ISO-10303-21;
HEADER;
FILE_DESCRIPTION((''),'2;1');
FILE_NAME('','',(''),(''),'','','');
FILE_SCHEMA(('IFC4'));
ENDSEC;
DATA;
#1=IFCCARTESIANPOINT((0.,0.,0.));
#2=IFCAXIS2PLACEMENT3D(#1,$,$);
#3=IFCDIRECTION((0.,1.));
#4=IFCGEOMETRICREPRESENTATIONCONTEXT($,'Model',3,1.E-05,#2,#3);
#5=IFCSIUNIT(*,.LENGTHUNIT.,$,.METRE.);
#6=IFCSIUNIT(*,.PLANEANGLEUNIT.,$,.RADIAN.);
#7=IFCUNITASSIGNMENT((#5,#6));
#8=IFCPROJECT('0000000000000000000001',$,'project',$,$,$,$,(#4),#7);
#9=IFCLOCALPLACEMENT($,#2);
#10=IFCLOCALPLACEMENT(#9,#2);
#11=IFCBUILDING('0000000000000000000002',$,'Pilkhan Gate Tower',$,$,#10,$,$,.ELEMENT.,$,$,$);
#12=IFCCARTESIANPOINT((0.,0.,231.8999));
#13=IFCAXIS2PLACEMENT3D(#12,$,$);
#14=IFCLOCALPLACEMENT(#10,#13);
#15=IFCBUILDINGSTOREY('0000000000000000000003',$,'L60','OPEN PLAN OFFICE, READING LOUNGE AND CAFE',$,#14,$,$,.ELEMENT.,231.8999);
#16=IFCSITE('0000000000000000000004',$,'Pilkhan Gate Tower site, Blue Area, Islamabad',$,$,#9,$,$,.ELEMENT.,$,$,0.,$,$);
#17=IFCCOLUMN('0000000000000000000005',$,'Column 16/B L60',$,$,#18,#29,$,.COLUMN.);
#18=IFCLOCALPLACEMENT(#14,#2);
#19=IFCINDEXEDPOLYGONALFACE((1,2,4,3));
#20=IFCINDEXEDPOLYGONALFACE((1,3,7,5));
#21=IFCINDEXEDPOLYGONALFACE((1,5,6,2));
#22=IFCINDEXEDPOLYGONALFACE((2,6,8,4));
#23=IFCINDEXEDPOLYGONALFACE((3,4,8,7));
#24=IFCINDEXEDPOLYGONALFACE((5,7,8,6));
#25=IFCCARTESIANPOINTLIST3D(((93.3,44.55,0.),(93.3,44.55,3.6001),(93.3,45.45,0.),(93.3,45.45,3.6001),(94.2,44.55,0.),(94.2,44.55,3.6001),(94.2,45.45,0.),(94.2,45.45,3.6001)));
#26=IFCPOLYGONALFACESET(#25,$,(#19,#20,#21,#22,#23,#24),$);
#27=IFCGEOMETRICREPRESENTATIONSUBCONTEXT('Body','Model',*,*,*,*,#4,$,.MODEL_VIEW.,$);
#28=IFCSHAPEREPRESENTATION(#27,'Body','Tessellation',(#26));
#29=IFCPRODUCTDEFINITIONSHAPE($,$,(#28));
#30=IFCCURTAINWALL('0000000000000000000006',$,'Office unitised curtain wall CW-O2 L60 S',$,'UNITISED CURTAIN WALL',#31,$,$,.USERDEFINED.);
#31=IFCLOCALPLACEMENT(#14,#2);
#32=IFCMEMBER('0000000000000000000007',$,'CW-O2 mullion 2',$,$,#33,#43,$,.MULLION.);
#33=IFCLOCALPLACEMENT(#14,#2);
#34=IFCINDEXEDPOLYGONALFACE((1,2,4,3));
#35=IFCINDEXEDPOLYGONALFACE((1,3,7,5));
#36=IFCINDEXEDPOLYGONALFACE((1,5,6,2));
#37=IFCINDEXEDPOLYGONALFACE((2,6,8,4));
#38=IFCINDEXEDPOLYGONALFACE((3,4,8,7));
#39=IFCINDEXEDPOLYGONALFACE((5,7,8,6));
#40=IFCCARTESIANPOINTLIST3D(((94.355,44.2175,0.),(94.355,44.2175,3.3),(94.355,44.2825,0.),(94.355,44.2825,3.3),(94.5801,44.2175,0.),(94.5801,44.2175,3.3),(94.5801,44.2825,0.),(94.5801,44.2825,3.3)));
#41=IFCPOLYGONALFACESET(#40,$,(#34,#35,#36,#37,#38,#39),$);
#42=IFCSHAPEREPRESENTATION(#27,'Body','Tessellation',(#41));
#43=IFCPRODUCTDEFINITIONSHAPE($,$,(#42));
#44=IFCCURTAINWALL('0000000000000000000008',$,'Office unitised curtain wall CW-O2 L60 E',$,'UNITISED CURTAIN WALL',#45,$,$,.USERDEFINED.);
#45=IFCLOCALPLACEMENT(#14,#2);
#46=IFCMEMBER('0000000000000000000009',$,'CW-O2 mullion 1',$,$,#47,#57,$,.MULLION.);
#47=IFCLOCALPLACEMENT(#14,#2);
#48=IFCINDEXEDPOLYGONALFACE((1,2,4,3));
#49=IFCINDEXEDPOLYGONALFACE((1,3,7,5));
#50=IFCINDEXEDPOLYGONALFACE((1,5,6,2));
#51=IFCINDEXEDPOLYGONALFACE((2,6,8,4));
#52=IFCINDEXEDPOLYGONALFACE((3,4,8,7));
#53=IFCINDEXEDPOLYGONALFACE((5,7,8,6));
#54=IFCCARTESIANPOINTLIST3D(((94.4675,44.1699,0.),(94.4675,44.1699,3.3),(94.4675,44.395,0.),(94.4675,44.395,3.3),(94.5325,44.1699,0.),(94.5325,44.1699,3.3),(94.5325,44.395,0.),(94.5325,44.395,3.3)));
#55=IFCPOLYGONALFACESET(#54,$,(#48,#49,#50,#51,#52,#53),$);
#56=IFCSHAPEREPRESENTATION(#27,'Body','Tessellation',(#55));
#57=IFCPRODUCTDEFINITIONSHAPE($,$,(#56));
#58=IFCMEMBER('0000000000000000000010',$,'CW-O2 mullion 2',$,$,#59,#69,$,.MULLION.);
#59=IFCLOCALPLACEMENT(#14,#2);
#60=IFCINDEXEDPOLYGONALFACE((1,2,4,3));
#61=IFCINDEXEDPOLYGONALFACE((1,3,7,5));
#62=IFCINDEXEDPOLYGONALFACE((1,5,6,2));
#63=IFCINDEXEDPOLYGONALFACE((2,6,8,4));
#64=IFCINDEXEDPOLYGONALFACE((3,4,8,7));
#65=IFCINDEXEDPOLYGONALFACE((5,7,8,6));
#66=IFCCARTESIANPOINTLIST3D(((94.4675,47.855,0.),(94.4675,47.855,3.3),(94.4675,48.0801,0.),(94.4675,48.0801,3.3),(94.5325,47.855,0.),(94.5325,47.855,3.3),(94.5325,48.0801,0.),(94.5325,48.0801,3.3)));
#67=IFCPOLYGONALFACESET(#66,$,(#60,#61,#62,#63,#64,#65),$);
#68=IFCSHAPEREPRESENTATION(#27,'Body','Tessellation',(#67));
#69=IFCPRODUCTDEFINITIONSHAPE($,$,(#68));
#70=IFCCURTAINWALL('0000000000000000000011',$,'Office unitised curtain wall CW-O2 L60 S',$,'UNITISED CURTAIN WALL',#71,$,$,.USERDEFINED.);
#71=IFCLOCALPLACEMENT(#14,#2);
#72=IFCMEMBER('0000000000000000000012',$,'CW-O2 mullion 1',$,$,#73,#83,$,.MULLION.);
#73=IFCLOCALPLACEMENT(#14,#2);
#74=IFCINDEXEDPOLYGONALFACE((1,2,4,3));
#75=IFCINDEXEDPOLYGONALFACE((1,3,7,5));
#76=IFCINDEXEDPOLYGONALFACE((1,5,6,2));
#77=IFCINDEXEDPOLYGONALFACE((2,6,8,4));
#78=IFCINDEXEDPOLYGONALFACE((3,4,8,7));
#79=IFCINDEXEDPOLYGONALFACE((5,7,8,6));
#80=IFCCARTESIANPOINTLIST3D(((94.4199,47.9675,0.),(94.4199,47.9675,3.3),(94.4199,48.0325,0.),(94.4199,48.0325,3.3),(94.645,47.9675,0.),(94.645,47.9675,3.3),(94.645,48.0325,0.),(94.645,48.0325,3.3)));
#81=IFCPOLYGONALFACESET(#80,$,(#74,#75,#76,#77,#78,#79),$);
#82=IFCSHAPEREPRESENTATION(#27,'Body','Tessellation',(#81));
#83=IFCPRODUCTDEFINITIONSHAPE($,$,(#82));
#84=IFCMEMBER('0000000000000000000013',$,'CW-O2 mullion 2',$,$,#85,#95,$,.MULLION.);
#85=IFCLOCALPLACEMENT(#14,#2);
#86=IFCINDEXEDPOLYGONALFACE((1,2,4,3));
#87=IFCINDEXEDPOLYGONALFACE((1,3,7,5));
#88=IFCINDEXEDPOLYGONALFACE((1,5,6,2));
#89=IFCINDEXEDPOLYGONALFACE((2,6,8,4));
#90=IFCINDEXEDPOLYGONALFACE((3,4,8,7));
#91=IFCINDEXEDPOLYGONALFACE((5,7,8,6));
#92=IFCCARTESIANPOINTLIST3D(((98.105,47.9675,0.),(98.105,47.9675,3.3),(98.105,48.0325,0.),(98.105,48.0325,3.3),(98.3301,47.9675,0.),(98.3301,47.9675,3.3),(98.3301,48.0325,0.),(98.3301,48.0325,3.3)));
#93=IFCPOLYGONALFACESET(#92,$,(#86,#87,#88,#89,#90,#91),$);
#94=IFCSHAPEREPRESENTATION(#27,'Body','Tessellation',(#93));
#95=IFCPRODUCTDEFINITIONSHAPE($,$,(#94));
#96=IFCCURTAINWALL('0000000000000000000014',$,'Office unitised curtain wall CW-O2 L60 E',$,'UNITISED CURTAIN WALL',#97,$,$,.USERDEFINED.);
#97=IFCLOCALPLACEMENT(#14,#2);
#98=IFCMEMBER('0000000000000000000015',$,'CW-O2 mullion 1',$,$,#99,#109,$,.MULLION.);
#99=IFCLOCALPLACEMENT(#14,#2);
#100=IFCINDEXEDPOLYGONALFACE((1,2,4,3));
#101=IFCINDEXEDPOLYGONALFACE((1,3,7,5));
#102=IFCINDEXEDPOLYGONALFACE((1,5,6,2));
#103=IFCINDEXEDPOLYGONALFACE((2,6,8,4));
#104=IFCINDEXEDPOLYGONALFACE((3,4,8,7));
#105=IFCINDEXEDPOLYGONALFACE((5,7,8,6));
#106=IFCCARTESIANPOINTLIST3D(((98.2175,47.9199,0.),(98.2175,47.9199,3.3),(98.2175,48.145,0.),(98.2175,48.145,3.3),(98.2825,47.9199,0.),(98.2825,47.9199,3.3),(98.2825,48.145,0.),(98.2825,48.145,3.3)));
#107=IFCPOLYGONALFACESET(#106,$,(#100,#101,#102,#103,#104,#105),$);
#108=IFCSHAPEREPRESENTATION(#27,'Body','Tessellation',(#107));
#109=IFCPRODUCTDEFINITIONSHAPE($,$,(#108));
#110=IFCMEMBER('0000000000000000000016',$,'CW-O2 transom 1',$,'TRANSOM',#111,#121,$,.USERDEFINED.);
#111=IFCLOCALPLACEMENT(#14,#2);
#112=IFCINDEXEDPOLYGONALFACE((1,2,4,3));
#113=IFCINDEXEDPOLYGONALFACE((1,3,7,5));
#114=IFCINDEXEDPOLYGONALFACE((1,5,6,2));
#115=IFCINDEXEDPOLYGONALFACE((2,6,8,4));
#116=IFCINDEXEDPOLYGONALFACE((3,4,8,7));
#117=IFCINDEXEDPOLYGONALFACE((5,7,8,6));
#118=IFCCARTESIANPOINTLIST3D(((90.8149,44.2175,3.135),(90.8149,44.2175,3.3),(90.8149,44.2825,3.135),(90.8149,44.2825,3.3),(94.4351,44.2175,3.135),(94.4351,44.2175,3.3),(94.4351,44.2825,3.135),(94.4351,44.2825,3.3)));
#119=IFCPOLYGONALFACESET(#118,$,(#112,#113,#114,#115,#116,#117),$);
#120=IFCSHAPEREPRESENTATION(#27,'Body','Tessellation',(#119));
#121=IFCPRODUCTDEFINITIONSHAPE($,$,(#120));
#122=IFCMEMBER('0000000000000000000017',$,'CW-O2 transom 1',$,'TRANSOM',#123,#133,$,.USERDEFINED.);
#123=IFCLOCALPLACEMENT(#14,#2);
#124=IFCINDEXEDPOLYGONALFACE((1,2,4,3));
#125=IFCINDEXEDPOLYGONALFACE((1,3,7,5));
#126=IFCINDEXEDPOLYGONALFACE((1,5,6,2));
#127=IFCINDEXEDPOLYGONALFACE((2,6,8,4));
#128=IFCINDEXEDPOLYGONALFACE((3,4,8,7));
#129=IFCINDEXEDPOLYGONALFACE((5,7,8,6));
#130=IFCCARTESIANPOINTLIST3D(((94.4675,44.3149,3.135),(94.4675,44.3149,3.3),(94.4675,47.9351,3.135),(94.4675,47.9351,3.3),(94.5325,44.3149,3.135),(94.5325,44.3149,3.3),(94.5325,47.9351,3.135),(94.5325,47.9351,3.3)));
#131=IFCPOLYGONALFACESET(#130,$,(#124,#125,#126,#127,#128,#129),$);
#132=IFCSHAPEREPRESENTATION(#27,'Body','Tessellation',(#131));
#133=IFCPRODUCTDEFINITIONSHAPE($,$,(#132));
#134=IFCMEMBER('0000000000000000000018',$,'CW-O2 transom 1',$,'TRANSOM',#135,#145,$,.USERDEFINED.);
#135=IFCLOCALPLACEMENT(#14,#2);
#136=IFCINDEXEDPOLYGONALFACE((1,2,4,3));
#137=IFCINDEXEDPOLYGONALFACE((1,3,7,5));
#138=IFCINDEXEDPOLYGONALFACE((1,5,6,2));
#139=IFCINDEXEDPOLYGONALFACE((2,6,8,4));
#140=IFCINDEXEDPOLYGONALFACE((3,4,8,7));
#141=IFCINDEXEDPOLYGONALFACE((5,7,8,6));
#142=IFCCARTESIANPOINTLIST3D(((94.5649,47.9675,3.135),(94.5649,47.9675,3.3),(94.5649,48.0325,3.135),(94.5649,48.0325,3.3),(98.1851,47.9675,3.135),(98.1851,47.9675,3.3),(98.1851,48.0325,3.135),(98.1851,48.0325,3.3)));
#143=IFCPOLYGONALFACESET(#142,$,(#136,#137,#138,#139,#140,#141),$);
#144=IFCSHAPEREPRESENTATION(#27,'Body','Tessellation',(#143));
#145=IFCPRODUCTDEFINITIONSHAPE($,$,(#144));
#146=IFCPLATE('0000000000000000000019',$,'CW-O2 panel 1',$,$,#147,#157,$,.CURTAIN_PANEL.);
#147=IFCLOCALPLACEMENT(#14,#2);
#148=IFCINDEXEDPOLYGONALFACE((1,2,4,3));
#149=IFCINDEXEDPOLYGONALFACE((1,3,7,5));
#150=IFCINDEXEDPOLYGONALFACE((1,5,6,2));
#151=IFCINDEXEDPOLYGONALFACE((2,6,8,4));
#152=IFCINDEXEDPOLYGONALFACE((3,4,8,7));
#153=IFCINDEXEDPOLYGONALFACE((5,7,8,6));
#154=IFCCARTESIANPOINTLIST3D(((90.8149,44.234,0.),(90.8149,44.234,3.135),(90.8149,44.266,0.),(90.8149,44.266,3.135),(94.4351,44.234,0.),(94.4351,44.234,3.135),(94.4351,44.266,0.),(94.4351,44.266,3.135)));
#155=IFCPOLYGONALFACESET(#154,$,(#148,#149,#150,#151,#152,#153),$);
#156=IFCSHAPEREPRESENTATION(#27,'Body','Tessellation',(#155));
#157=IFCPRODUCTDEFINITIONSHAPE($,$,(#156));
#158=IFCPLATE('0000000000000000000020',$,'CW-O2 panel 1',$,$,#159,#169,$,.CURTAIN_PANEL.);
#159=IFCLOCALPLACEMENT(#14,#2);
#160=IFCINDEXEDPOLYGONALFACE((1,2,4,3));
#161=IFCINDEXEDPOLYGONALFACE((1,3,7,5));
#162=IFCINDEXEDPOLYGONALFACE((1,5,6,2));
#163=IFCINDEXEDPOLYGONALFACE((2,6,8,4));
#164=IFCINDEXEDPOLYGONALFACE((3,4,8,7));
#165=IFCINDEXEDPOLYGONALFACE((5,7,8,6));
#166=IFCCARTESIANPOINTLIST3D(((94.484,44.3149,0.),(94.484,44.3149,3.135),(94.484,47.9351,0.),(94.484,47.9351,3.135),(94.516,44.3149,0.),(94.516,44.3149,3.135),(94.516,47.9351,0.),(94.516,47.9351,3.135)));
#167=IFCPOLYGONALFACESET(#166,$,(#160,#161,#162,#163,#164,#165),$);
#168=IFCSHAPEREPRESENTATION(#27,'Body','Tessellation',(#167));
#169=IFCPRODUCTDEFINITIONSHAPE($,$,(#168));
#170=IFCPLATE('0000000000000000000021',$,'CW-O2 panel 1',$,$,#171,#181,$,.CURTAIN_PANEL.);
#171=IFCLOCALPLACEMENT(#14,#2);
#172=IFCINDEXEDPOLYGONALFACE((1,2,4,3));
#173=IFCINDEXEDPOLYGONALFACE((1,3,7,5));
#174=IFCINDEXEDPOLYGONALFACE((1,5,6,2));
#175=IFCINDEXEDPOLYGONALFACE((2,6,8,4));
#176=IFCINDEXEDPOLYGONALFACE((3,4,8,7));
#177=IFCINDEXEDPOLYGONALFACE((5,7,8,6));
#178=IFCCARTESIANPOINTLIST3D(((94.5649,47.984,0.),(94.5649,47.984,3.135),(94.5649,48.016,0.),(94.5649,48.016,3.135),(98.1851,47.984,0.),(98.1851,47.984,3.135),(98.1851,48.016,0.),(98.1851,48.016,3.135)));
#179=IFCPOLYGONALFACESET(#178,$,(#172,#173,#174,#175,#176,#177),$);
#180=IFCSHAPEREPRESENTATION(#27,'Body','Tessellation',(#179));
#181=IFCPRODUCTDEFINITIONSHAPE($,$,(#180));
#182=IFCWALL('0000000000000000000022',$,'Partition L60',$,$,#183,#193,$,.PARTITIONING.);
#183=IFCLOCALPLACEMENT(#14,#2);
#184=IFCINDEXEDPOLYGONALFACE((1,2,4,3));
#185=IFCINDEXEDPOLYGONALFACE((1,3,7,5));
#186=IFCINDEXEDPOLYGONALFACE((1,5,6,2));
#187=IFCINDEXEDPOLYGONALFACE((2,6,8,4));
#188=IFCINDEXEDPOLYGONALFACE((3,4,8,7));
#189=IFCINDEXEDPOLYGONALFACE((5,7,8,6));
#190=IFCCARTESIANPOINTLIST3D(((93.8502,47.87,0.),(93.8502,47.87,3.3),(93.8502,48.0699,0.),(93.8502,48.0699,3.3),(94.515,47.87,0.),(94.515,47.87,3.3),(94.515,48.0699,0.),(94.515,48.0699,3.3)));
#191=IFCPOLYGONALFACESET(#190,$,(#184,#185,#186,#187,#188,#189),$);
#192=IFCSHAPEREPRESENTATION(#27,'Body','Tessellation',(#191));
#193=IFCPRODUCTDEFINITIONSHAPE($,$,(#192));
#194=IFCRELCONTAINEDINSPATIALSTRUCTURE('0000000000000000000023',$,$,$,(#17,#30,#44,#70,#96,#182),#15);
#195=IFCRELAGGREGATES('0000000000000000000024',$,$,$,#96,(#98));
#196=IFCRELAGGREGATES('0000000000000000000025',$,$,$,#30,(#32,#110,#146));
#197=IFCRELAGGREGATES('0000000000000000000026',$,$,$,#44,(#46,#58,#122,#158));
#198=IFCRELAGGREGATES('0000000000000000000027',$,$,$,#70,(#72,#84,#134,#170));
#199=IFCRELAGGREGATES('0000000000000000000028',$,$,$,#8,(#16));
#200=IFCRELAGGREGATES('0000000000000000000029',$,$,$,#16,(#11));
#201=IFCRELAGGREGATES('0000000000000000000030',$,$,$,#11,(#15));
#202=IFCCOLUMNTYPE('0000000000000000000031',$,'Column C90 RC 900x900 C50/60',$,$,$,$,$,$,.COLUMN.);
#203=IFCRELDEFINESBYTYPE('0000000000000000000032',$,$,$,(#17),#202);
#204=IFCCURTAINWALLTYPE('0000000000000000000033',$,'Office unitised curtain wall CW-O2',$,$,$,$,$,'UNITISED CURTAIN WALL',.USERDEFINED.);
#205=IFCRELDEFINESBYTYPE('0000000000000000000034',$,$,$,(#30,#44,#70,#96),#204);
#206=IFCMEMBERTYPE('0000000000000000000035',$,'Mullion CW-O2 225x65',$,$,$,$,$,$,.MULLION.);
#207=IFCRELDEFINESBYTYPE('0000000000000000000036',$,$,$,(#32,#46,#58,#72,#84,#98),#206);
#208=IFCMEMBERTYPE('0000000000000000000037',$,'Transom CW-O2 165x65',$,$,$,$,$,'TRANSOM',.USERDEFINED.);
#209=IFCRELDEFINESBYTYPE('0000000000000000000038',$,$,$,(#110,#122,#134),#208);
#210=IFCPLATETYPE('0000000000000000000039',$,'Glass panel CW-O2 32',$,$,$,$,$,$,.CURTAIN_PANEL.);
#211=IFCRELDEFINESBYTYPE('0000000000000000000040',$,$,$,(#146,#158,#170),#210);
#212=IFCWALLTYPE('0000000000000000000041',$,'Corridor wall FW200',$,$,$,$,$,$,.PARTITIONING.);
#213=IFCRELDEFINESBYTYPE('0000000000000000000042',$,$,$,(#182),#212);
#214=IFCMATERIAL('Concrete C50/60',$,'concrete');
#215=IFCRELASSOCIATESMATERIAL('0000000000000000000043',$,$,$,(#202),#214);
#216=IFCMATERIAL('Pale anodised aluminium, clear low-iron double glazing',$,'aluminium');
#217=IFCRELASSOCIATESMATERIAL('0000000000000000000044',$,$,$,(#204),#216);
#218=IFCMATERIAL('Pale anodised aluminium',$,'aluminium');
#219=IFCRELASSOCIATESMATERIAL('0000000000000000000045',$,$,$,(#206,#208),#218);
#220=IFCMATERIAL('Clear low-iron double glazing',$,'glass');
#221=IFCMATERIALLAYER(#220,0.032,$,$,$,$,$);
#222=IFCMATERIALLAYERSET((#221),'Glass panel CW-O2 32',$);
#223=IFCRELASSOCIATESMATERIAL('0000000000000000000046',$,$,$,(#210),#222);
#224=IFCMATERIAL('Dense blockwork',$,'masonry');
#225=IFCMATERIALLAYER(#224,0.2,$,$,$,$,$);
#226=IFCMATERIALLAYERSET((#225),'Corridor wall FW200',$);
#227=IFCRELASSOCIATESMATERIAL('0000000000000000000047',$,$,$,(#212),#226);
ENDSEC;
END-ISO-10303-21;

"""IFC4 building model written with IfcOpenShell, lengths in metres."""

from ifc_helpers import new_model, si_unit, direction, frame, frame_2d, origin, origin_2d, place, context, subcontext, project, spatial, rectangle, extrude, material, layer, layer_set, material_profile, profile_set, type_object, element, aggregate, save


model = new_model("IFC4")

# Units and contexts
model_context = context("Model", 3, precision=1e-05, world=origin(), true_north=direction((0.0, 1.0)))
body_context = subcontext(model_context, "Body", "Model", "MODEL_VIEW")
ifc_project = project(units=[si_unit("LENGTHUNIT", "METRE"), si_unit("PLANEANGLEUNIT", "RADIAN")], contexts=[model_context])

# Site, building, storey
site_placement = place(None, origin())
site = spatial("IfcSite", under=ifc_project, at=site_placement, Name="Pilkhan Gate Tower site, Blue Area, Islamabad", CompositionType="ELEMENT", RefElevation=0.0)
building_placement = place(site_placement, origin())
building = spatial("IfcBuilding", under=site, at=building_placement, Name="Pilkhan Gate Tower", CompositionType="ELEMENT")
storey_placement = place(building_placement, frame((0.0, 0.0, 231.8999)))
storey = spatial("IfcBuildingStorey", under=building, at=storey_placement, Name="L60", Description="OPEN PLAN OFFICE, READING LOUNGE AND CAFE", CompositionType="ELEMENT", Elevation=231.8999)

# Column
ifc_material_1 = material(Name="Concrete C50/60", Category="concrete")
ifc_material_profile_1 = material_profile(ifc_material_1, rectangle(XDim=0.8999, YDim=0.8999, at=origin_2d()), Name="RC 900x900")
ifc_profile_set_1 = profile_set([ifc_material_profile_1], Name="Concrete C50/60")
column_type = type_object("IfcColumnType", Name="Column C90 RC 900x900 C50/60", PredefinedType="COLUMN", material=ifc_profile_set_1)
column_placement = place(storey_placement, frame((93.75, 45.0, 0.0), z_axis=(0.0, 0.0, 1.0), x_axis=(1.0, 0.0, 0.0)))
element("IfcColumn", 1, at=column_placement, inside=storey, type_object=column_type, Name="Column 16/B L60", PredefinedType="COLUMN", context=body_context, shape_type="SweptSolid", body=[
    extrude(rectangle(XDim=0.8999, YDim=0.8999, at=origin_2d()), origin(), (0.0, 0.0, 1.0), 3.6001),
])

# Curtain wall, member
ifc_material_2 = material(Name="Pale anodised aluminium, clear low-iron double glazing", Category="aluminium")
curtain_wall_type = type_object("IfcCurtainWallType", Name="Office unitised curtain wall CW-O2", ElementType="UNITISED CURTAIN WALL", PredefinedType="USERDEFINED", material=ifc_material_2)
curtain_wall_1_placement = place(storey_placement, origin())
curtain_wall_1 = element("IfcCurtainWall", 2, at=curtain_wall_1_placement, inside=storey, type_object=curtain_wall_type, Name="Office unitised curtain wall CW-O2 L60 S", ObjectType="UNITISED CURTAIN WALL", PredefinedType="USERDEFINED")
ifc_material_3 = material(Name="Pale anodised aluminium", Category="aluminium")
ifc_material_profile_2 = material_profile(ifc_material_3, rectangle(XDim=0.0649, YDim=0.2251, at=origin_2d()), Name="Mullion 225x65")
ifc_profile_set_2 = profile_set([ifc_material_profile_2], Name="Pale anodised aluminium")
member_type_1 = type_object("IfcMemberType", Name="Mullion CW-O2 225x65", PredefinedType="MULLION", material=ifc_profile_set_2)
member_1_placement = place(storey_placement, frame((94.4675, 44.25, 0.0), z_axis=(0.0, 0.0, 1.0), x_axis=(0.0, 1.0, 0.0)))
member_1 = element("IfcMember", 3, at=member_1_placement, type_object=member_type_1, Name="CW-O2 mullion 2", PredefinedType="MULLION", context=body_context, shape_type="SweptSolid", body=[
    extrude(rectangle(XDim=0.0649, YDim=0.2251, at=origin_2d()), origin(), (0.0, 0.0, 1.0), 3.3),
])

# Curtain walls, members
curtain_wall_2_placement = place(storey_placement, origin())
curtain_wall_2 = element("IfcCurtainWall", 4, at=curtain_wall_2_placement, inside=storey, type_object=curtain_wall_type, Name="Office unitised curtain wall CW-O2 L60 E", ObjectType="UNITISED CURTAIN WALL", PredefinedType="USERDEFINED")
member_2_placement = place(storey_placement, frame((94.5, 44.2825, 0.0), z_axis=(0.0, 0.0, 1.0), x_axis=(-1.0, 0.0, 0.0)))
member_2 = element("IfcMember", 5, at=member_2_placement, type_object=member_type_1, Name="CW-O2 mullion 1", PredefinedType="MULLION", context=body_context, shape_type="SweptSolid", body=[
    extrude(rectangle(XDim=0.0649, YDim=0.2251, at=origin_2d()), origin(), (0.0, 0.0, 1.0), 3.3),
])
member_3_placement = place(storey_placement, frame((94.5, 47.9675, 0.0), z_axis=(0.0, 0.0, 1.0), x_axis=(-1.0, 0.0, 0.0)))
member_3 = element("IfcMember", 6, at=member_3_placement, type_object=member_type_1, Name="CW-O2 mullion 2", PredefinedType="MULLION", context=body_context, shape_type="SweptSolid", body=[
    extrude(rectangle(XDim=0.0649, YDim=0.2251, at=origin_2d()), origin(), (0.0, 0.0, 1.0), 3.3),
])
curtain_wall_3_placement = place(storey_placement, origin())
curtain_wall_3 = element("IfcCurtainWall", 7, at=curtain_wall_3_placement, inside=storey, type_object=curtain_wall_type, Name="Office unitised curtain wall CW-O2 L60 S", ObjectType="UNITISED CURTAIN WALL", PredefinedType="USERDEFINED")
member_4_placement = place(storey_placement, frame((94.5325, 48.0, 0.0), z_axis=(0.0, 0.0, 1.0), x_axis=(0.0, 1.0, 0.0)))
member_4 = element("IfcMember", 8, at=member_4_placement, type_object=member_type_1, Name="CW-O2 mullion 1", PredefinedType="MULLION", context=body_context, shape_type="SweptSolid", body=[
    extrude(rectangle(XDim=0.0649, YDim=0.2251, at=origin_2d()), origin(), (0.0, 0.0, 1.0), 3.3),
])
member_5_placement = place(storey_placement, frame((98.2175, 48.0, 0.0), z_axis=(0.0, 0.0, 1.0), x_axis=(0.0, 1.0, 0.0)))
member_5 = element("IfcMember", 9, at=member_5_placement, type_object=member_type_1, Name="CW-O2 mullion 2", PredefinedType="MULLION", context=body_context, shape_type="SweptSolid", body=[
    extrude(rectangle(XDim=0.0649, YDim=0.2251, at=origin_2d()), origin(), (0.0, 0.0, 1.0), 3.3),
])

# Curtain wall, member
curtain_wall_4_placement = place(storey_placement, origin())
curtain_wall_4 = element("IfcCurtainWall", 10, at=curtain_wall_4_placement, inside=storey, type_object=curtain_wall_type, Name="Office unitised curtain wall CW-O2 L60 E", ObjectType="UNITISED CURTAIN WALL", PredefinedType="USERDEFINED")
member_6_placement = place(storey_placement, frame((98.25, 48.0325, 0.0), z_axis=(0.0, 0.0, 1.0), x_axis=(-1.0, 0.0, 0.0)))
member_6 = element("IfcMember", 11, at=member_6_placement, type_object=member_type_1, Name="CW-O2 mullion 1", PredefinedType="MULLION", context=body_context, shape_type="SweptSolid", body=[
    extrude(rectangle(XDim=0.0649, YDim=0.2251, at=origin_2d()), origin(), (0.0, 0.0, 1.0), 3.3),
])
aggregate(curtain_wall_4, [member_6])

# Members
ifc_material_profile_3 = material_profile(ifc_material_3, rectangle(XDim=0.0649, YDim=0.165, at=origin_2d()), Name="Transom 165x65")
ifc_profile_set_3 = profile_set([ifc_material_profile_3], Name="Pale anodised aluminium")
member_type_2 = type_object("IfcMemberType", Name="Transom CW-O2 165x65", ElementType="TRANSOM", PredefinedType="USERDEFINED", material=ifc_profile_set_3)
member_7_placement = place(storey_placement, frame((90.8149, 44.25, 3.2175), z_axis=(1.0, 0.0, 0.0), x_axis=(0.0, 1.0, 0.0)))
member_7 = element("IfcMember", 12, at=member_7_placement, type_object=member_type_2, Name="CW-O2 transom 1", ObjectType="TRANSOM", PredefinedType="USERDEFINED", context=body_context, shape_type="SweptSolid", body=[
    extrude(rectangle(XDim=0.0649, YDim=0.165, at=origin_2d()), origin(), (0.0, 0.0, 1.0), 3.6201),
])
member_8_placement = place(storey_placement, frame((94.5, 44.3149, 3.2175), z_axis=(0.0, 1.0, 0.0), x_axis=(-1.0, 0.0, 0.0)))
member_8 = element("IfcMember", 13, at=member_8_placement, type_object=member_type_2, Name="CW-O2 transom 1", ObjectType="TRANSOM", PredefinedType="USERDEFINED", context=body_context, shape_type="SweptSolid", body=[
    extrude(rectangle(XDim=0.0649, YDim=0.165, at=origin_2d()), origin(), (0.0, 0.0, 1.0), 3.6201),
])
member_9_placement = place(storey_placement, frame((94.5649, 48.0, 3.2175), z_axis=(1.0, 0.0, 0.0), x_axis=(0.0, 1.0, 0.0)))
member_9 = element("IfcMember", 14, at=member_9_placement, type_object=member_type_2, Name="CW-O2 transom 1", ObjectType="TRANSOM", PredefinedType="USERDEFINED", context=body_context, shape_type="SweptSolid", body=[
    extrude(rectangle(XDim=0.0649, YDim=0.165, at=origin_2d()), origin(), (0.0, 0.0, 1.0), 3.6201),
])

# Plates
ifc_material_4 = material(Name="Clear low-iron double glazing", Category="glass")
ifc_layer_1 = layer(ifc_material_4, 0.032)
ifc_layer_set_1 = layer_set([ifc_layer_1], Name="Glass panel CW-O2 32")
plate_type = type_object("IfcPlateType", Name="Glass panel CW-O2 32", PredefinedType="CURTAIN_PANEL", material=ifc_layer_set_1)
plate_1_placement = place(storey_placement, frame((92.625, 44.25, 0.0), z_axis=(0.0, 0.0, 1.0), x_axis=(1.0, 0.0, 0.0)))
plate_1 = element("IfcPlate", 15, at=plate_1_placement, type_object=plate_type, Name="CW-O2 panel 1", PredefinedType="CURTAIN_PANEL", context=body_context, shape_type="SweptSolid", body=[
    extrude(rectangle(XDim=3.6201, YDim=0.032, at=origin_2d()), origin(), (0.0, 0.0, 1.0), 3.135),
])
aggregate(curtain_wall_1, [member_1, member_7, plate_1])
plate_2_placement = place(storey_placement, frame((94.5, 46.125, 0.0), z_axis=(0.0, 0.0, 1.0), x_axis=(0.0, 1.0, 0.0)))
plate_2 = element("IfcPlate", 16, at=plate_2_placement, type_object=plate_type, Name="CW-O2 panel 1", PredefinedType="CURTAIN_PANEL", context=body_context, shape_type="SweptSolid", body=[
    extrude(rectangle(XDim=3.6201, YDim=0.032, at=origin_2d()), origin(), (0.0, 0.0, 1.0), 3.135),
])
aggregate(curtain_wall_2, [member_2, member_3, member_8, plate_2])
plate_3_placement = place(storey_placement, frame((96.375, 48.0, 0.0), z_axis=(0.0, 0.0, 1.0), x_axis=(1.0, 0.0, 0.0)))
plate_3 = element("IfcPlate", 17, at=plate_3_placement, type_object=plate_type, Name="CW-O2 panel 1", PredefinedType="CURTAIN_PANEL", context=body_context, shape_type="SweptSolid", body=[
    extrude(rectangle(XDim=3.6201, YDim=0.032, at=origin_2d()), origin(), (0.0, 0.0, 1.0), 3.135),
])
aggregate(curtain_wall_3, [member_4, member_5, member_9, plate_3])

# Wall
ifc_material_5 = material(Name="Dense blockwork", Category="masonry")
ifc_layer_2 = layer(ifc_material_5, 0.2)
ifc_layer_set_2 = layer_set([ifc_layer_2], Name="Corridor wall FW200")
wall_type = type_object("IfcWallType", Name="Corridor wall FW200", PredefinedType="PARTITIONING", material=ifc_layer_set_2)
wall_1_placement = place(storey_placement, frame((93.8501, 47.97, 0.0), z_axis=(0.0, 0.0, 1.0), x_axis=(1.0, 0.0, 0.0)))
element("IfcWall", 18, at=wall_1_placement, inside=storey, type_object=wall_type, Name="Partition L60", PredefinedType="PARTITIONING", context=body_context, shape_type="SweptSolid", body=[
    extrude(rectangle(XDim=0.6648, YDim=0.2, at=frame_2d((0.3325, 0.0))), origin(), (0.0, 0.0, 1.0), 3.3),
])

save(model, "model.ifc")
